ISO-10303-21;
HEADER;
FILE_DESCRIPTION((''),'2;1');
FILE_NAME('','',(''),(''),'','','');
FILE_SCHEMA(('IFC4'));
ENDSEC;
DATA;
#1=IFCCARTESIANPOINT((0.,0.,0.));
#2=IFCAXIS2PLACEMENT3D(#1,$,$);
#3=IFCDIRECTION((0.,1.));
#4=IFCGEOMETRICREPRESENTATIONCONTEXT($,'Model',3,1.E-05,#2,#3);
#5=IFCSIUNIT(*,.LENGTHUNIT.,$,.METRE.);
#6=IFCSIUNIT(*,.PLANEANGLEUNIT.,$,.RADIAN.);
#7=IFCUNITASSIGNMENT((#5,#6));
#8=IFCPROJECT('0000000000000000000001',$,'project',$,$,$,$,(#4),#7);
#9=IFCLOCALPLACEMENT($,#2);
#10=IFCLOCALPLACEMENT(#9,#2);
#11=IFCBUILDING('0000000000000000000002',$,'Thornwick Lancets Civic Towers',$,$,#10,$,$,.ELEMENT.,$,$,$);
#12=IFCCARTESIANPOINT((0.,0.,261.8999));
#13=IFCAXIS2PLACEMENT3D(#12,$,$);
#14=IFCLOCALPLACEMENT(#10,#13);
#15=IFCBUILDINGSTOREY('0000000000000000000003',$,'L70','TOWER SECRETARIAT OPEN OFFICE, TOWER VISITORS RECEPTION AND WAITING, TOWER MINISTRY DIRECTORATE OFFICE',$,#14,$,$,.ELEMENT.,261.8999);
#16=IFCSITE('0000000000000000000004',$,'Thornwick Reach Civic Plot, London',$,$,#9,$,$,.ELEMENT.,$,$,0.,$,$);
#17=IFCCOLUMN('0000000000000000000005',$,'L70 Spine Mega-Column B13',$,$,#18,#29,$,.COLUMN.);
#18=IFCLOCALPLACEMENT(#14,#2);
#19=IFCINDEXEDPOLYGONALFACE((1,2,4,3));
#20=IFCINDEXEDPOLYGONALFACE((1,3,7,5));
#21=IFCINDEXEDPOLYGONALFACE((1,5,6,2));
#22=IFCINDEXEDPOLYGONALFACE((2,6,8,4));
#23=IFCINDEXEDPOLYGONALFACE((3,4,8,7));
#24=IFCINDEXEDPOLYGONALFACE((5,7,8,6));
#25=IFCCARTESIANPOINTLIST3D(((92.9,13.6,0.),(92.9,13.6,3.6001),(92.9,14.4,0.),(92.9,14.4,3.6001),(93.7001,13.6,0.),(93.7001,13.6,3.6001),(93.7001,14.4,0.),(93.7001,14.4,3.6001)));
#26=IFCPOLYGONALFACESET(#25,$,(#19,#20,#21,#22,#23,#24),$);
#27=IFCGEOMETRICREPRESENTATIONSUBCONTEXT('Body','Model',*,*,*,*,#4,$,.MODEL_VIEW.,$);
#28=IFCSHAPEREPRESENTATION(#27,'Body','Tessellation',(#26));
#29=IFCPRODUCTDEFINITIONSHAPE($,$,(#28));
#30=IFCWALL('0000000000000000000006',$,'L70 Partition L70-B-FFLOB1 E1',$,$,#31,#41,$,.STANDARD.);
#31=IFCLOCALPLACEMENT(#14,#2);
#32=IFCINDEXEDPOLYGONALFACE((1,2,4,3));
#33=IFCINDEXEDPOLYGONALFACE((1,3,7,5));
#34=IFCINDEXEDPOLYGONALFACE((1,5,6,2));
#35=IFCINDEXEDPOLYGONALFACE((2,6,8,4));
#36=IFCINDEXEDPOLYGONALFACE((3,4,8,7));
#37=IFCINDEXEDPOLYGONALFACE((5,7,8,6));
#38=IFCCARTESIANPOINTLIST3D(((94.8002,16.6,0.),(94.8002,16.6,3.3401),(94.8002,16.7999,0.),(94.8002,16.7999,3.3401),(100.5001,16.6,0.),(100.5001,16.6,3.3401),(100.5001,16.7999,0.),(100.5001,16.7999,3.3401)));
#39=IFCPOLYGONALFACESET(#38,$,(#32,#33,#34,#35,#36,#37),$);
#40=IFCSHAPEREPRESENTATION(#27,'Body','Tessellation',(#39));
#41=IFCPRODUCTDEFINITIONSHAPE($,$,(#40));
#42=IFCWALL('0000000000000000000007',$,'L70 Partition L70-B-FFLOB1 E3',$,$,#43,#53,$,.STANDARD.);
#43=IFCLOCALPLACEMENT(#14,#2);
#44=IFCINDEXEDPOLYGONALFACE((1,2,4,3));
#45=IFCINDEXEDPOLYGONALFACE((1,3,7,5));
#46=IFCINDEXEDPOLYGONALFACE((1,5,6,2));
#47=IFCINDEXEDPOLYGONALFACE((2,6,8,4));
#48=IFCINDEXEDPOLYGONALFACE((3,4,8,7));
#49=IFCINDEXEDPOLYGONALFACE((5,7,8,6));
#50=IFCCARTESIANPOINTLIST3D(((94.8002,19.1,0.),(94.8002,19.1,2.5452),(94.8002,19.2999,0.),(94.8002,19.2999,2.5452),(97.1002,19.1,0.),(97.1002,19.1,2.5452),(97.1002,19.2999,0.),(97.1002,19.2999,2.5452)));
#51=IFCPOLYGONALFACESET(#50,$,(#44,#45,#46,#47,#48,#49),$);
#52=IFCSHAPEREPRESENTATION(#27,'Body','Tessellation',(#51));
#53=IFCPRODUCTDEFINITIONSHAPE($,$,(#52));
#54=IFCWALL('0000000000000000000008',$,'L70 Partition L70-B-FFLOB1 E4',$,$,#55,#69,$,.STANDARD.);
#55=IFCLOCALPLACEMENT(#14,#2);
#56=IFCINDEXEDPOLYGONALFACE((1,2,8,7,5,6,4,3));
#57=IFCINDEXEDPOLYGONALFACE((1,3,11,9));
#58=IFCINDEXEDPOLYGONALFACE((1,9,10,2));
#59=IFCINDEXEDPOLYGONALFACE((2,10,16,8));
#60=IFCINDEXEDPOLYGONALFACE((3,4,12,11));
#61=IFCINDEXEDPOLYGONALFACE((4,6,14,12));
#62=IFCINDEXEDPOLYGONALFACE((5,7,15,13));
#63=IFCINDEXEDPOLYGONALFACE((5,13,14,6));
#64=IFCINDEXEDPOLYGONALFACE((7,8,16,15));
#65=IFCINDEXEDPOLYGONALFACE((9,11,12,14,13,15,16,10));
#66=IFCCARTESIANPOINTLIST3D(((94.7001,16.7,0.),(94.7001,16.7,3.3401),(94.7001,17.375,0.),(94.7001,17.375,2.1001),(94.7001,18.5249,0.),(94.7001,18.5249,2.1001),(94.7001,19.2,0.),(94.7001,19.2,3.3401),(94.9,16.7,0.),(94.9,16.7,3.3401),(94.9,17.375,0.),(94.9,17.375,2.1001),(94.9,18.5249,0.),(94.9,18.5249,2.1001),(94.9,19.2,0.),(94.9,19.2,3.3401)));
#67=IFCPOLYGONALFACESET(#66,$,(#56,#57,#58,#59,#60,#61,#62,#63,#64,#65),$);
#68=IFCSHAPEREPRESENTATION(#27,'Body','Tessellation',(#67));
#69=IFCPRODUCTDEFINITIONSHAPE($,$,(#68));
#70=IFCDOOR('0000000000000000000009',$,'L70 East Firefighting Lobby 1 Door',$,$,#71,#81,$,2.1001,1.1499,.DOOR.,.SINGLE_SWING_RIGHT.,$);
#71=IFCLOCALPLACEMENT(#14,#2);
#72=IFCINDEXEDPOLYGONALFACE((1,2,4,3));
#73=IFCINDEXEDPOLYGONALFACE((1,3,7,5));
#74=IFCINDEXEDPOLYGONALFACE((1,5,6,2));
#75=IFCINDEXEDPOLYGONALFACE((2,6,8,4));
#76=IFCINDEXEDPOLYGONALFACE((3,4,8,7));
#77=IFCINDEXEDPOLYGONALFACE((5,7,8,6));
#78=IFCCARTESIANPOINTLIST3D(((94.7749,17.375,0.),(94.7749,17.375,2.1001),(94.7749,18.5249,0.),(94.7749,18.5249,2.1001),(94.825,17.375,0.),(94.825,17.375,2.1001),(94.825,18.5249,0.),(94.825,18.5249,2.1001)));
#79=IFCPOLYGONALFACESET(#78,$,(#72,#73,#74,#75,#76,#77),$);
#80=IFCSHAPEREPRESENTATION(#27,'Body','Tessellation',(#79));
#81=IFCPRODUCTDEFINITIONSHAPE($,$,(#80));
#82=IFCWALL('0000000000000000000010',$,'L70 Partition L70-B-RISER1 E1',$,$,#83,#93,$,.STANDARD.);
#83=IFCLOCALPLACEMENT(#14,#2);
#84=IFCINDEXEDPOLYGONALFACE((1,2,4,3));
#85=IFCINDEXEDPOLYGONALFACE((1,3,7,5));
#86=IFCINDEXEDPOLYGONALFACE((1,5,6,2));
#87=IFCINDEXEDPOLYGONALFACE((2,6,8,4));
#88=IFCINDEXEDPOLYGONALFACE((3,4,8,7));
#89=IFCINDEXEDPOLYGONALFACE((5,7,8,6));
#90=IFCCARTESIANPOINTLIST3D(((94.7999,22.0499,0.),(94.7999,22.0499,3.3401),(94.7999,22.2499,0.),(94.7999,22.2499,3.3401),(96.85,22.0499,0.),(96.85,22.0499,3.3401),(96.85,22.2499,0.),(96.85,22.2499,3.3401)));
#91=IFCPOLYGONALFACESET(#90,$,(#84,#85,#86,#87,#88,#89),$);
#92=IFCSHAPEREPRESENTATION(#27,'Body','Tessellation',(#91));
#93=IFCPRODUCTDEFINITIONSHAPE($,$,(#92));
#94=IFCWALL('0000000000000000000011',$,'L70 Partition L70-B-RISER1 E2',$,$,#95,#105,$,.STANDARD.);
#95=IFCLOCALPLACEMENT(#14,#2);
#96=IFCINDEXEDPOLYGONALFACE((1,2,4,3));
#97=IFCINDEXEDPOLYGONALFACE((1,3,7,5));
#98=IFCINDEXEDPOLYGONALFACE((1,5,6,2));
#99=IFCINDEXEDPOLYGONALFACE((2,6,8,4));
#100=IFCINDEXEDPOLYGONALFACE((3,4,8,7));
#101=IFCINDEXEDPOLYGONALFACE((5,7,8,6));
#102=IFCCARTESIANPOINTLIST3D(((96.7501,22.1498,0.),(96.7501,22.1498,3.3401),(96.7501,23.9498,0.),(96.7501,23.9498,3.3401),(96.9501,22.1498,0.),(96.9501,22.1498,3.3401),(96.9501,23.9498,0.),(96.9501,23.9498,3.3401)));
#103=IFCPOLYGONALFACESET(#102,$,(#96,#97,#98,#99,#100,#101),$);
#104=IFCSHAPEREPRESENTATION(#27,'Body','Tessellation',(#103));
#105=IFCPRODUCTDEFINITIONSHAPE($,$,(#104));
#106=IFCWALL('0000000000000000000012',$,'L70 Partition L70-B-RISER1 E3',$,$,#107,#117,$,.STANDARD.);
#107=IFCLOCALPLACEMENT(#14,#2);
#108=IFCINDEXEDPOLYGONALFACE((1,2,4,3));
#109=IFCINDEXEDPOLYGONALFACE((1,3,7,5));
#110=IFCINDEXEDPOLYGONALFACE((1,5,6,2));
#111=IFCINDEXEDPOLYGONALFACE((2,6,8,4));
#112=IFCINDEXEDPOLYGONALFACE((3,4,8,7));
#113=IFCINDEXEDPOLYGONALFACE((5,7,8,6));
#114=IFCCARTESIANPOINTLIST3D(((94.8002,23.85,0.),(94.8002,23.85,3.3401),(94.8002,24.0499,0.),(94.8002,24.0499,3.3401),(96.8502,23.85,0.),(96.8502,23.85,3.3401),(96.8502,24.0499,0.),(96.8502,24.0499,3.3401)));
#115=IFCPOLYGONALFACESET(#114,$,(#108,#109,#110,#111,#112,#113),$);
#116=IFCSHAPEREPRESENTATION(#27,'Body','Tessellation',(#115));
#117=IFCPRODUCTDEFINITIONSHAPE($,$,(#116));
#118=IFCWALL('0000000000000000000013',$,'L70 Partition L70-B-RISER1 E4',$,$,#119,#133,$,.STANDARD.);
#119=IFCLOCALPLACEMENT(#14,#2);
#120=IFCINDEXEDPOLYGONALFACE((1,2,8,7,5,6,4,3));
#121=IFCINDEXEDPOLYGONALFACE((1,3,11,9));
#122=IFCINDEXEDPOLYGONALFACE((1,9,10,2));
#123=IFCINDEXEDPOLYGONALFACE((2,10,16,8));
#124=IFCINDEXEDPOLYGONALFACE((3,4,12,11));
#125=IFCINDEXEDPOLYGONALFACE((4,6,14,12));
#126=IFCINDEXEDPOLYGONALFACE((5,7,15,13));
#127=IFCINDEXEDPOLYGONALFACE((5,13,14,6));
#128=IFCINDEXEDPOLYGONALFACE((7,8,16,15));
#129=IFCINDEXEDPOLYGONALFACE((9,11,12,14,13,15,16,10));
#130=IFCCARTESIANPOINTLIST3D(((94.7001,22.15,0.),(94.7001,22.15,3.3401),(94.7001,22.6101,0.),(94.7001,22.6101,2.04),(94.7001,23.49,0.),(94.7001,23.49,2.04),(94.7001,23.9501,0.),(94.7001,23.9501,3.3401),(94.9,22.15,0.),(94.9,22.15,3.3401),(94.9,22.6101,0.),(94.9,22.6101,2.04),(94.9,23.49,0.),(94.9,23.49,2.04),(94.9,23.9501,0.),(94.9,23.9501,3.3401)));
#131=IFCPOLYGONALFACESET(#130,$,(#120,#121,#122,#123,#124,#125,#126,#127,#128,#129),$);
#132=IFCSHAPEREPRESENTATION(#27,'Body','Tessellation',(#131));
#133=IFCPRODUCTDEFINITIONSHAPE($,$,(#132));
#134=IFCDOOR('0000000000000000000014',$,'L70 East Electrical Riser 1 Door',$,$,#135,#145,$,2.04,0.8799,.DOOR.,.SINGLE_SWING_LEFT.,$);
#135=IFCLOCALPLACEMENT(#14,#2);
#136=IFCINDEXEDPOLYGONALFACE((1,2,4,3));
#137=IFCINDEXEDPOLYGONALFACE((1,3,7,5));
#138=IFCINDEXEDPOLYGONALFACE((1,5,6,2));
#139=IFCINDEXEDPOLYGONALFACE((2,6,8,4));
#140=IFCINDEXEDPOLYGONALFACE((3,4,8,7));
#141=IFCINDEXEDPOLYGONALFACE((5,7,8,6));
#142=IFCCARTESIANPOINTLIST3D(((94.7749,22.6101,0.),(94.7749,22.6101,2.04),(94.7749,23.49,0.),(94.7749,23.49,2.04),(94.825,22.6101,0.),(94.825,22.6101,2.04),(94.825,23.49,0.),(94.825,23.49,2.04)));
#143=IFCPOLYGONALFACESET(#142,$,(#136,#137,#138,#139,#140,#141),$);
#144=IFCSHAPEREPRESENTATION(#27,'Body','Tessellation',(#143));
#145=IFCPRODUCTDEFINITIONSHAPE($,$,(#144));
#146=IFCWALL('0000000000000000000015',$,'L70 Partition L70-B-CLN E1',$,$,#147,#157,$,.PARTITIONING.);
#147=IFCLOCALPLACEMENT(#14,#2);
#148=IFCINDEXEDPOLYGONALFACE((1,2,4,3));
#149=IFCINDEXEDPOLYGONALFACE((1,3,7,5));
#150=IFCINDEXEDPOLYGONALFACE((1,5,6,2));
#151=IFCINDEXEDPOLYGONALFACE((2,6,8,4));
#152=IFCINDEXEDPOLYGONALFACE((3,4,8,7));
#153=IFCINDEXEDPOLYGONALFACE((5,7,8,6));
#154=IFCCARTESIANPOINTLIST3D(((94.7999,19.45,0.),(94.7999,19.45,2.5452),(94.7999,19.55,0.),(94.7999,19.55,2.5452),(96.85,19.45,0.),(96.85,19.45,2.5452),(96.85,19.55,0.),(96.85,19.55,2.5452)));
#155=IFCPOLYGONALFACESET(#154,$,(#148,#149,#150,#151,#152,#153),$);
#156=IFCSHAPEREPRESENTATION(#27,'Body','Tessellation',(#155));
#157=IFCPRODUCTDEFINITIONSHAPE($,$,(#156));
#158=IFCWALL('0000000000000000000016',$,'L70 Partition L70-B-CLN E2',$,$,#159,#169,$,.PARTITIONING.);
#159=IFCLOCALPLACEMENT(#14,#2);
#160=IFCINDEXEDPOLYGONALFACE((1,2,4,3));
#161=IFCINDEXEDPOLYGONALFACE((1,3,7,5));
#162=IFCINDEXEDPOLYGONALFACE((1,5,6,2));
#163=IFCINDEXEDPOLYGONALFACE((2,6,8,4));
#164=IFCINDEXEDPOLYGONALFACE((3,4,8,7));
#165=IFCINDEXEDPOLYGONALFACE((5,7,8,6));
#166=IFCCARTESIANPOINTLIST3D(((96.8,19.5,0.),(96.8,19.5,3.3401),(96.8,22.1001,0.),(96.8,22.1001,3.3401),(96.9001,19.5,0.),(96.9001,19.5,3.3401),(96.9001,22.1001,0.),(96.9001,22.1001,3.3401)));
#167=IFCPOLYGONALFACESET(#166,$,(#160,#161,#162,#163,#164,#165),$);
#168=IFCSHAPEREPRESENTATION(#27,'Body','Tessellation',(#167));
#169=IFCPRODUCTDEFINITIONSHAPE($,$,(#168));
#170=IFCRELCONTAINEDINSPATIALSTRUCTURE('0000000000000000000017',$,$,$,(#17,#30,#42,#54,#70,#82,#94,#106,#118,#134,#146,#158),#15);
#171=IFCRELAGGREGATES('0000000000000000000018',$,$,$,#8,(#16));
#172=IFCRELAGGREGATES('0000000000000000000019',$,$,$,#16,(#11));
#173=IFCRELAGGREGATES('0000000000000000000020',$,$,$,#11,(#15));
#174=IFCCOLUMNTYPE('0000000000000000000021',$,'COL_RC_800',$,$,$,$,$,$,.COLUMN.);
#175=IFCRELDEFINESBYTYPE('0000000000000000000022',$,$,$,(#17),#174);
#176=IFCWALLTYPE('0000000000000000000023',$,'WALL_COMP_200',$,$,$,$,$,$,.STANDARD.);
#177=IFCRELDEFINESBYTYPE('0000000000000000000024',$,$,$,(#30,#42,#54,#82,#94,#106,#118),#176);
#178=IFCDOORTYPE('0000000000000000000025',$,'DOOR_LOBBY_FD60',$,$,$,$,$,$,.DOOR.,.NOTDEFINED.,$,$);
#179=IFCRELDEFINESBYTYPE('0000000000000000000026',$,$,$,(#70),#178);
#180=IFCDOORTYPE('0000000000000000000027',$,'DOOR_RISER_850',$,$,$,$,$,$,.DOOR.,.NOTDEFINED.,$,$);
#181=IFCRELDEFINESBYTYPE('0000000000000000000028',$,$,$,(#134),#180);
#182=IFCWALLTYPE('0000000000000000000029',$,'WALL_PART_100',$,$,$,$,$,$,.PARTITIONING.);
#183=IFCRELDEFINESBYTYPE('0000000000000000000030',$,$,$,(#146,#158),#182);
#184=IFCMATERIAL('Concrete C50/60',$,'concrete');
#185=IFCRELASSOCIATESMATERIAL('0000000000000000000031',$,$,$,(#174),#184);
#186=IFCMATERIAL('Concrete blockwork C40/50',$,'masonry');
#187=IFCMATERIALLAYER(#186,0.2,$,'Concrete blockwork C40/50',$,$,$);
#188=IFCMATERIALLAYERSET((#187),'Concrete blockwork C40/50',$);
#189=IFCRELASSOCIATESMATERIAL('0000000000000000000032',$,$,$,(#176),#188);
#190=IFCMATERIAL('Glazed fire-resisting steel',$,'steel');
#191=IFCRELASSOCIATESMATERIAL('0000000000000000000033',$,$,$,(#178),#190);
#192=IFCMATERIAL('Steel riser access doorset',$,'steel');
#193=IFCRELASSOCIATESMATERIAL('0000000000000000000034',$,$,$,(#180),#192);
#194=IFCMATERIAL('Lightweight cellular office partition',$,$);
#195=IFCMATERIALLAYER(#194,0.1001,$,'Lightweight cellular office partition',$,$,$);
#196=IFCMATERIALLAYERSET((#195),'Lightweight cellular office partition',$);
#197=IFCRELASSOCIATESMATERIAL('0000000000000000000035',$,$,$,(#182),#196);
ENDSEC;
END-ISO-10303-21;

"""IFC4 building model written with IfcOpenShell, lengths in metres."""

from ifc_helpers import new_model, si_unit, direction, frame, frame_2d, origin, origin_2d, place, context, subcontext, project, spatial, rectangle, extrude, material, layer, layer_set, material_profile, profile_set, type_object, element, fill, save


model = new_model("IFC4")

# Units and contexts
model_context = context("Model", 3, precision=1e-05, world=origin(), true_north=direction((0.0, 1.0)))
body_context = subcontext(model_context, "Body", "Model", "MODEL_VIEW")
ifc_project = project(units=[si_unit("LENGTHUNIT", "METRE"), si_unit("PLANEANGLEUNIT", "RADIAN")], contexts=[model_context])

# Site, building, storey
site_placement = place(None, origin())
site = spatial("IfcSite", under=ifc_project, at=site_placement, Name="Thornwick Reach Civic Plot, London", CompositionType="ELEMENT", RefElevation=0.0)
building_placement = place(site_placement, origin())
building = spatial("IfcBuilding", under=site, at=building_placement, Name="Thornwick Lancets Civic Towers", CompositionType="ELEMENT")
storey_placement = place(building_placement, frame((0.0, 0.0, 261.8999)))
storey = spatial("IfcBuildingStorey", under=building, at=storey_placement, Name="L70", Description="TOWER SECRETARIAT OPEN OFFICE, TOWER VISITORS RECEPTION AND WAITING, TOWER MINISTRY DIRECTORATE OFFICE", CompositionType="ELEMENT", Elevation=261.8999)

# Column
ifc_material_1 = material(Name="Concrete C50/60", Category="concrete")
ifc_material_profile = material_profile(ifc_material_1, rectangle(XDim=0.8, YDim=0.8, at=origin_2d()), Name="RC 800x800")
ifc_profile_set = profile_set([ifc_material_profile], Name="Concrete C50/60")
column_type = type_object("IfcColumnType", Name="COL_RC_800", PredefinedType="COLUMN", material=ifc_profile_set)
column_placement = place(storey_placement, frame((93.3, 14.0, 0.0), z_axis=(0.0, 0.0, 1.0), x_axis=(1.0, 0.0, 0.0)))
element("IfcColumn", 1, at=column_placement, inside=storey, type_object=column_type, Name="L70 Spine Mega-Column B13", PredefinedType="COLUMN", context=body_context, shape_type="SweptSolid", body=[
    extrude(rectangle(XDim=0.8, YDim=0.8, at=origin_2d()), origin(), (0.0, 0.0, 1.0), 3.6001),
])

# Walls
ifc_material_2 = material(Name="Concrete blockwork C40/50", Category="masonry")
ifc_layer_1 = layer(ifc_material_2, 0.2, Name="Concrete blockwork C40/50")
ifc_layer_set_1 = layer_set([ifc_layer_1], Name="Concrete blockwork C40/50")
wall_type_1 = type_object("IfcWallType", Name="WALL_COMP_200", PredefinedType="STANDARD", material=ifc_layer_set_1)
wall_1_placement = place(storey_placement, frame((94.8, 16.7, 0.0), z_axis=(0.0, 0.0, 1.0), x_axis=(1.0, 0.0, 0.0)))
element("IfcWall", 2, at=wall_1_placement, inside=storey, type_object=wall_type_1, Name="L70 Partition L70-B-FFLOB1 E1", PredefinedType="STANDARD", context=body_context, shape_type="SweptSolid", body=[
    extrude(rectangle(XDim=5.7, YDim=0.2, at=frame_2d((2.8501, 0.0))), origin(), (0.0, 0.0, 1.0), 3.3401),
])
wall_2_placement = place(storey_placement, frame((97.1001, 19.2, 0.0), z_axis=(0.0, 0.0, 1.0), x_axis=(-1.0, 0.0, 0.0)))
element("IfcWall", 3, at=wall_2_placement, inside=storey, type_object=wall_type_1, Name="L70 Partition L70-B-FFLOB1 E3", PredefinedType="STANDARD", context=body_context, shape_type="SweptSolid", body=[
    extrude(rectangle(XDim=2.3, YDim=0.2, at=frame_2d((1.1499, 0.0))), origin(), (0.0, 0.0, 1.0), 2.5452),
])

# Wall, opening, door
wall_3_placement = place(storey_placement, frame((94.8, 19.2, 0.0), z_axis=(0.0, 0.0, 1.0), x_axis=(0.0, -1.0, 0.0)))
wall_3 = element("IfcWall", 4, at=wall_3_placement, inside=storey, type_object=wall_type_1, Name="L70 Partition L70-B-FFLOB1 E4", PredefinedType="STANDARD", context=body_context, shape_type="SweptSolid", body=[
    extrude(rectangle(XDim=2.5, YDim=0.2, at=frame_2d((1.25, 0.0))), origin(), (0.0, 0.0, 1.0), 3.3401),
])
opening_1_placement = place(wall_3_placement, frame((0.675, 0.0, 0.0)))
opening_1 = element("IfcOpeningElement", 5, at=opening_1_placement, cuts=wall_3, PredefinedType="OPENING", context=body_context, shape_type="SweptSolid", body=[
    extrude(rectangle(XDim=1.1499, YDim=2.1001, at=frame_2d((0.575, 1.05))), frame((0.0, 0.1099, 0.0), z_axis=(0.0, -1.0, 0.0), x_axis=(1.0, 0.0, 0.0)), (0.0, 0.0, 1.0), 0.22),
])
ifc_material_3 = material(Name="Glazed fire-resisting steel", Category="steel")
door_type_1 = type_object("IfcDoorType", Name="DOOR_LOBBY_FD60", OperationType="NOTDEFINED", PredefinedType="DOOR", material=ifc_material_3)
door_1_placement = place(opening_1_placement, origin())
door_1 = element("IfcDoor", 6, at=door_1_placement, inside=storey, type_object=door_type_1, Name="L70 East Firefighting Lobby 1 Door", OperationType="SINGLE_SWING_RIGHT", OverallHeight=2.1001, OverallWidth=1.1499, PredefinedType="DOOR", context=body_context, shape_type="SweptSolid", body=[
    extrude(rectangle(XDim=1.1499, YDim=2.1001, at=frame_2d((0.575, 1.05))), frame((0.0, 0.0249, 0.0), z_axis=(0.0, -1.0, 0.0), x_axis=(1.0, 0.0, 0.0)), (0.0, 0.0, 1.0), 0.05),
])
fill(opening_1, door_1)

# Walls
wall_4_placement = place(storey_placement, frame((94.8, 22.1499, 0.0), z_axis=(0.0, 0.0, 1.0), x_axis=(1.0, 0.0, 0.0)))
element("IfcWall", 7, at=wall_4_placement, inside=storey, type_object=wall_type_1, Name="L70 Partition L70-B-RISER1 E1", PredefinedType="STANDARD", context=body_context, shape_type="SweptSolid", body=[
    extrude(rectangle(XDim=2.05, YDim=0.2, at=frame_2d((1.0249, 0.0))), origin(), (0.0, 0.0, 1.0), 3.3401),
])
wall_5_placement = place(storey_placement, frame((96.8501, 22.1499, 0.0), z_axis=(0.0, 0.0, 1.0), x_axis=(0.0, 1.0, 0.0)))
element("IfcWall", 8, at=wall_5_placement, inside=storey, type_object=wall_type_1, Name="L70 Partition L70-B-RISER1 E2", PredefinedType="STANDARD", context=body_context, shape_type="SweptSolid", body=[
    extrude(rectangle(XDim=1.8, YDim=0.2, at=frame_2d((0.8999, 0.0))), origin(), (0.0, 0.0, 1.0), 3.3401),
])
wall_6_placement = place(storey_placement, frame((96.8501, 23.95, 0.0), z_axis=(0.0, 0.0, 1.0), x_axis=(-1.0, 0.0, 0.0)))
element("IfcWall", 9, at=wall_6_placement, inside=storey, type_object=wall_type_1, Name="L70 Partition L70-B-RISER1 E3", PredefinedType="STANDARD", context=body_context, shape_type="SweptSolid", body=[
    extrude(rectangle(XDim=2.05, YDim=0.2, at=frame_2d((1.0249, 0.0))), origin(), (0.0, 0.0, 1.0), 3.3401),
])

# Wall, opening, door
wall_7_placement = place(storey_placement, frame((94.8, 23.95, 0.0), z_axis=(0.0, 0.0, 1.0), x_axis=(0.0, -1.0, 0.0)))
wall_7 = element("IfcWall", 10, at=wall_7_placement, inside=storey, type_object=wall_type_1, Name="L70 Partition L70-B-RISER1 E4", PredefinedType="STANDARD", context=body_context, shape_type="SweptSolid", body=[
    extrude(rectangle(XDim=1.8, YDim=0.2, at=frame_2d((0.8999, 0.0))), origin(), (0.0, 0.0, 1.0), 3.3401),
])
opening_2_placement = place(wall_7_placement, frame((0.46, 0.0, 0.0)))
opening_2 = element("IfcOpeningElement", 11, at=opening_2_placement, cuts=wall_7, PredefinedType="OPENING", context=body_context, shape_type="SweptSolid", body=[
    extrude(rectangle(XDim=0.8799, YDim=2.04, at=frame_2d((0.4399, 1.02))), frame((0.0, 0.1099, 0.0), z_axis=(0.0, -1.0, 0.0), x_axis=(1.0, 0.0, 0.0)), (0.0, 0.0, 1.0), 0.22),
])
ifc_material_4 = material(Name="Steel riser access doorset", Category="steel")
door_type_2 = type_object("IfcDoorType", Name="DOOR_RISER_850", OperationType="NOTDEFINED", PredefinedType="DOOR", material=ifc_material_4)
door_2_placement = place(opening_2_placement, origin())
door_2 = element("IfcDoor", 12, at=door_2_placement, inside=storey, type_object=door_type_2, Name="L70 East Electrical Riser 1 Door", OperationType="SINGLE_SWING_LEFT", OverallHeight=2.04, OverallWidth=0.8799, PredefinedType="DOOR", context=body_context, shape_type="SweptSolid", body=[
    extrude(rectangle(XDim=0.8799, YDim=2.04, at=frame_2d((0.4399, 1.02))), frame((0.0, 0.0249, 0.0), z_axis=(0.0, -1.0, 0.0), x_axis=(1.0, 0.0, 0.0)), (0.0, 0.0, 1.0), 0.05),
])
fill(opening_2, door_2)

# Walls
ifc_material_5 = material(Name="Lightweight cellular office partition")
ifc_layer_2 = layer(ifc_material_5, 0.1001, Name="Lightweight cellular office partition")
ifc_layer_set_2 = layer_set([ifc_layer_2], Name="Lightweight cellular office partition")
wall_type_2 = type_object("IfcWallType", Name="WALL_PART_100", PredefinedType="PARTITIONING", material=ifc_layer_set_2)
wall_8_placement = place(storey_placement, frame((94.8, 19.5, 0.0), z_axis=(0.0, 0.0, 1.0), x_axis=(1.0, 0.0, 0.0)))
element("IfcWall", 13, at=wall_8_placement, inside=storey, type_object=wall_type_2, Name="L70 Partition L70-B-CLN E1", PredefinedType="PARTITIONING", context=body_context, shape_type="SweptSolid", body=[
    extrude(rectangle(XDim=2.05, YDim=0.1001, at=frame_2d((1.0249, 0.0))), origin(), (0.0, 0.0, 1.0), 2.5452),
])
wall_9_placement = place(storey_placement, frame((96.8501, 19.5, 0.0), z_axis=(0.0, 0.0, 1.0), x_axis=(0.0, 1.0, 0.0)))
element("IfcWall", 14, at=wall_9_placement, inside=storey, type_object=wall_type_2, Name="L70 Partition L70-B-CLN E2", PredefinedType="PARTITIONING", context=body_context, shape_type="SweptSolid", body=[
    extrude(rectangle(XDim=2.6001, YDim=0.1001, at=frame_2d((1.3, 0.0))), origin(), (0.0, 0.0, 1.0), 3.3401),
])

save(model, "model.ifc")
